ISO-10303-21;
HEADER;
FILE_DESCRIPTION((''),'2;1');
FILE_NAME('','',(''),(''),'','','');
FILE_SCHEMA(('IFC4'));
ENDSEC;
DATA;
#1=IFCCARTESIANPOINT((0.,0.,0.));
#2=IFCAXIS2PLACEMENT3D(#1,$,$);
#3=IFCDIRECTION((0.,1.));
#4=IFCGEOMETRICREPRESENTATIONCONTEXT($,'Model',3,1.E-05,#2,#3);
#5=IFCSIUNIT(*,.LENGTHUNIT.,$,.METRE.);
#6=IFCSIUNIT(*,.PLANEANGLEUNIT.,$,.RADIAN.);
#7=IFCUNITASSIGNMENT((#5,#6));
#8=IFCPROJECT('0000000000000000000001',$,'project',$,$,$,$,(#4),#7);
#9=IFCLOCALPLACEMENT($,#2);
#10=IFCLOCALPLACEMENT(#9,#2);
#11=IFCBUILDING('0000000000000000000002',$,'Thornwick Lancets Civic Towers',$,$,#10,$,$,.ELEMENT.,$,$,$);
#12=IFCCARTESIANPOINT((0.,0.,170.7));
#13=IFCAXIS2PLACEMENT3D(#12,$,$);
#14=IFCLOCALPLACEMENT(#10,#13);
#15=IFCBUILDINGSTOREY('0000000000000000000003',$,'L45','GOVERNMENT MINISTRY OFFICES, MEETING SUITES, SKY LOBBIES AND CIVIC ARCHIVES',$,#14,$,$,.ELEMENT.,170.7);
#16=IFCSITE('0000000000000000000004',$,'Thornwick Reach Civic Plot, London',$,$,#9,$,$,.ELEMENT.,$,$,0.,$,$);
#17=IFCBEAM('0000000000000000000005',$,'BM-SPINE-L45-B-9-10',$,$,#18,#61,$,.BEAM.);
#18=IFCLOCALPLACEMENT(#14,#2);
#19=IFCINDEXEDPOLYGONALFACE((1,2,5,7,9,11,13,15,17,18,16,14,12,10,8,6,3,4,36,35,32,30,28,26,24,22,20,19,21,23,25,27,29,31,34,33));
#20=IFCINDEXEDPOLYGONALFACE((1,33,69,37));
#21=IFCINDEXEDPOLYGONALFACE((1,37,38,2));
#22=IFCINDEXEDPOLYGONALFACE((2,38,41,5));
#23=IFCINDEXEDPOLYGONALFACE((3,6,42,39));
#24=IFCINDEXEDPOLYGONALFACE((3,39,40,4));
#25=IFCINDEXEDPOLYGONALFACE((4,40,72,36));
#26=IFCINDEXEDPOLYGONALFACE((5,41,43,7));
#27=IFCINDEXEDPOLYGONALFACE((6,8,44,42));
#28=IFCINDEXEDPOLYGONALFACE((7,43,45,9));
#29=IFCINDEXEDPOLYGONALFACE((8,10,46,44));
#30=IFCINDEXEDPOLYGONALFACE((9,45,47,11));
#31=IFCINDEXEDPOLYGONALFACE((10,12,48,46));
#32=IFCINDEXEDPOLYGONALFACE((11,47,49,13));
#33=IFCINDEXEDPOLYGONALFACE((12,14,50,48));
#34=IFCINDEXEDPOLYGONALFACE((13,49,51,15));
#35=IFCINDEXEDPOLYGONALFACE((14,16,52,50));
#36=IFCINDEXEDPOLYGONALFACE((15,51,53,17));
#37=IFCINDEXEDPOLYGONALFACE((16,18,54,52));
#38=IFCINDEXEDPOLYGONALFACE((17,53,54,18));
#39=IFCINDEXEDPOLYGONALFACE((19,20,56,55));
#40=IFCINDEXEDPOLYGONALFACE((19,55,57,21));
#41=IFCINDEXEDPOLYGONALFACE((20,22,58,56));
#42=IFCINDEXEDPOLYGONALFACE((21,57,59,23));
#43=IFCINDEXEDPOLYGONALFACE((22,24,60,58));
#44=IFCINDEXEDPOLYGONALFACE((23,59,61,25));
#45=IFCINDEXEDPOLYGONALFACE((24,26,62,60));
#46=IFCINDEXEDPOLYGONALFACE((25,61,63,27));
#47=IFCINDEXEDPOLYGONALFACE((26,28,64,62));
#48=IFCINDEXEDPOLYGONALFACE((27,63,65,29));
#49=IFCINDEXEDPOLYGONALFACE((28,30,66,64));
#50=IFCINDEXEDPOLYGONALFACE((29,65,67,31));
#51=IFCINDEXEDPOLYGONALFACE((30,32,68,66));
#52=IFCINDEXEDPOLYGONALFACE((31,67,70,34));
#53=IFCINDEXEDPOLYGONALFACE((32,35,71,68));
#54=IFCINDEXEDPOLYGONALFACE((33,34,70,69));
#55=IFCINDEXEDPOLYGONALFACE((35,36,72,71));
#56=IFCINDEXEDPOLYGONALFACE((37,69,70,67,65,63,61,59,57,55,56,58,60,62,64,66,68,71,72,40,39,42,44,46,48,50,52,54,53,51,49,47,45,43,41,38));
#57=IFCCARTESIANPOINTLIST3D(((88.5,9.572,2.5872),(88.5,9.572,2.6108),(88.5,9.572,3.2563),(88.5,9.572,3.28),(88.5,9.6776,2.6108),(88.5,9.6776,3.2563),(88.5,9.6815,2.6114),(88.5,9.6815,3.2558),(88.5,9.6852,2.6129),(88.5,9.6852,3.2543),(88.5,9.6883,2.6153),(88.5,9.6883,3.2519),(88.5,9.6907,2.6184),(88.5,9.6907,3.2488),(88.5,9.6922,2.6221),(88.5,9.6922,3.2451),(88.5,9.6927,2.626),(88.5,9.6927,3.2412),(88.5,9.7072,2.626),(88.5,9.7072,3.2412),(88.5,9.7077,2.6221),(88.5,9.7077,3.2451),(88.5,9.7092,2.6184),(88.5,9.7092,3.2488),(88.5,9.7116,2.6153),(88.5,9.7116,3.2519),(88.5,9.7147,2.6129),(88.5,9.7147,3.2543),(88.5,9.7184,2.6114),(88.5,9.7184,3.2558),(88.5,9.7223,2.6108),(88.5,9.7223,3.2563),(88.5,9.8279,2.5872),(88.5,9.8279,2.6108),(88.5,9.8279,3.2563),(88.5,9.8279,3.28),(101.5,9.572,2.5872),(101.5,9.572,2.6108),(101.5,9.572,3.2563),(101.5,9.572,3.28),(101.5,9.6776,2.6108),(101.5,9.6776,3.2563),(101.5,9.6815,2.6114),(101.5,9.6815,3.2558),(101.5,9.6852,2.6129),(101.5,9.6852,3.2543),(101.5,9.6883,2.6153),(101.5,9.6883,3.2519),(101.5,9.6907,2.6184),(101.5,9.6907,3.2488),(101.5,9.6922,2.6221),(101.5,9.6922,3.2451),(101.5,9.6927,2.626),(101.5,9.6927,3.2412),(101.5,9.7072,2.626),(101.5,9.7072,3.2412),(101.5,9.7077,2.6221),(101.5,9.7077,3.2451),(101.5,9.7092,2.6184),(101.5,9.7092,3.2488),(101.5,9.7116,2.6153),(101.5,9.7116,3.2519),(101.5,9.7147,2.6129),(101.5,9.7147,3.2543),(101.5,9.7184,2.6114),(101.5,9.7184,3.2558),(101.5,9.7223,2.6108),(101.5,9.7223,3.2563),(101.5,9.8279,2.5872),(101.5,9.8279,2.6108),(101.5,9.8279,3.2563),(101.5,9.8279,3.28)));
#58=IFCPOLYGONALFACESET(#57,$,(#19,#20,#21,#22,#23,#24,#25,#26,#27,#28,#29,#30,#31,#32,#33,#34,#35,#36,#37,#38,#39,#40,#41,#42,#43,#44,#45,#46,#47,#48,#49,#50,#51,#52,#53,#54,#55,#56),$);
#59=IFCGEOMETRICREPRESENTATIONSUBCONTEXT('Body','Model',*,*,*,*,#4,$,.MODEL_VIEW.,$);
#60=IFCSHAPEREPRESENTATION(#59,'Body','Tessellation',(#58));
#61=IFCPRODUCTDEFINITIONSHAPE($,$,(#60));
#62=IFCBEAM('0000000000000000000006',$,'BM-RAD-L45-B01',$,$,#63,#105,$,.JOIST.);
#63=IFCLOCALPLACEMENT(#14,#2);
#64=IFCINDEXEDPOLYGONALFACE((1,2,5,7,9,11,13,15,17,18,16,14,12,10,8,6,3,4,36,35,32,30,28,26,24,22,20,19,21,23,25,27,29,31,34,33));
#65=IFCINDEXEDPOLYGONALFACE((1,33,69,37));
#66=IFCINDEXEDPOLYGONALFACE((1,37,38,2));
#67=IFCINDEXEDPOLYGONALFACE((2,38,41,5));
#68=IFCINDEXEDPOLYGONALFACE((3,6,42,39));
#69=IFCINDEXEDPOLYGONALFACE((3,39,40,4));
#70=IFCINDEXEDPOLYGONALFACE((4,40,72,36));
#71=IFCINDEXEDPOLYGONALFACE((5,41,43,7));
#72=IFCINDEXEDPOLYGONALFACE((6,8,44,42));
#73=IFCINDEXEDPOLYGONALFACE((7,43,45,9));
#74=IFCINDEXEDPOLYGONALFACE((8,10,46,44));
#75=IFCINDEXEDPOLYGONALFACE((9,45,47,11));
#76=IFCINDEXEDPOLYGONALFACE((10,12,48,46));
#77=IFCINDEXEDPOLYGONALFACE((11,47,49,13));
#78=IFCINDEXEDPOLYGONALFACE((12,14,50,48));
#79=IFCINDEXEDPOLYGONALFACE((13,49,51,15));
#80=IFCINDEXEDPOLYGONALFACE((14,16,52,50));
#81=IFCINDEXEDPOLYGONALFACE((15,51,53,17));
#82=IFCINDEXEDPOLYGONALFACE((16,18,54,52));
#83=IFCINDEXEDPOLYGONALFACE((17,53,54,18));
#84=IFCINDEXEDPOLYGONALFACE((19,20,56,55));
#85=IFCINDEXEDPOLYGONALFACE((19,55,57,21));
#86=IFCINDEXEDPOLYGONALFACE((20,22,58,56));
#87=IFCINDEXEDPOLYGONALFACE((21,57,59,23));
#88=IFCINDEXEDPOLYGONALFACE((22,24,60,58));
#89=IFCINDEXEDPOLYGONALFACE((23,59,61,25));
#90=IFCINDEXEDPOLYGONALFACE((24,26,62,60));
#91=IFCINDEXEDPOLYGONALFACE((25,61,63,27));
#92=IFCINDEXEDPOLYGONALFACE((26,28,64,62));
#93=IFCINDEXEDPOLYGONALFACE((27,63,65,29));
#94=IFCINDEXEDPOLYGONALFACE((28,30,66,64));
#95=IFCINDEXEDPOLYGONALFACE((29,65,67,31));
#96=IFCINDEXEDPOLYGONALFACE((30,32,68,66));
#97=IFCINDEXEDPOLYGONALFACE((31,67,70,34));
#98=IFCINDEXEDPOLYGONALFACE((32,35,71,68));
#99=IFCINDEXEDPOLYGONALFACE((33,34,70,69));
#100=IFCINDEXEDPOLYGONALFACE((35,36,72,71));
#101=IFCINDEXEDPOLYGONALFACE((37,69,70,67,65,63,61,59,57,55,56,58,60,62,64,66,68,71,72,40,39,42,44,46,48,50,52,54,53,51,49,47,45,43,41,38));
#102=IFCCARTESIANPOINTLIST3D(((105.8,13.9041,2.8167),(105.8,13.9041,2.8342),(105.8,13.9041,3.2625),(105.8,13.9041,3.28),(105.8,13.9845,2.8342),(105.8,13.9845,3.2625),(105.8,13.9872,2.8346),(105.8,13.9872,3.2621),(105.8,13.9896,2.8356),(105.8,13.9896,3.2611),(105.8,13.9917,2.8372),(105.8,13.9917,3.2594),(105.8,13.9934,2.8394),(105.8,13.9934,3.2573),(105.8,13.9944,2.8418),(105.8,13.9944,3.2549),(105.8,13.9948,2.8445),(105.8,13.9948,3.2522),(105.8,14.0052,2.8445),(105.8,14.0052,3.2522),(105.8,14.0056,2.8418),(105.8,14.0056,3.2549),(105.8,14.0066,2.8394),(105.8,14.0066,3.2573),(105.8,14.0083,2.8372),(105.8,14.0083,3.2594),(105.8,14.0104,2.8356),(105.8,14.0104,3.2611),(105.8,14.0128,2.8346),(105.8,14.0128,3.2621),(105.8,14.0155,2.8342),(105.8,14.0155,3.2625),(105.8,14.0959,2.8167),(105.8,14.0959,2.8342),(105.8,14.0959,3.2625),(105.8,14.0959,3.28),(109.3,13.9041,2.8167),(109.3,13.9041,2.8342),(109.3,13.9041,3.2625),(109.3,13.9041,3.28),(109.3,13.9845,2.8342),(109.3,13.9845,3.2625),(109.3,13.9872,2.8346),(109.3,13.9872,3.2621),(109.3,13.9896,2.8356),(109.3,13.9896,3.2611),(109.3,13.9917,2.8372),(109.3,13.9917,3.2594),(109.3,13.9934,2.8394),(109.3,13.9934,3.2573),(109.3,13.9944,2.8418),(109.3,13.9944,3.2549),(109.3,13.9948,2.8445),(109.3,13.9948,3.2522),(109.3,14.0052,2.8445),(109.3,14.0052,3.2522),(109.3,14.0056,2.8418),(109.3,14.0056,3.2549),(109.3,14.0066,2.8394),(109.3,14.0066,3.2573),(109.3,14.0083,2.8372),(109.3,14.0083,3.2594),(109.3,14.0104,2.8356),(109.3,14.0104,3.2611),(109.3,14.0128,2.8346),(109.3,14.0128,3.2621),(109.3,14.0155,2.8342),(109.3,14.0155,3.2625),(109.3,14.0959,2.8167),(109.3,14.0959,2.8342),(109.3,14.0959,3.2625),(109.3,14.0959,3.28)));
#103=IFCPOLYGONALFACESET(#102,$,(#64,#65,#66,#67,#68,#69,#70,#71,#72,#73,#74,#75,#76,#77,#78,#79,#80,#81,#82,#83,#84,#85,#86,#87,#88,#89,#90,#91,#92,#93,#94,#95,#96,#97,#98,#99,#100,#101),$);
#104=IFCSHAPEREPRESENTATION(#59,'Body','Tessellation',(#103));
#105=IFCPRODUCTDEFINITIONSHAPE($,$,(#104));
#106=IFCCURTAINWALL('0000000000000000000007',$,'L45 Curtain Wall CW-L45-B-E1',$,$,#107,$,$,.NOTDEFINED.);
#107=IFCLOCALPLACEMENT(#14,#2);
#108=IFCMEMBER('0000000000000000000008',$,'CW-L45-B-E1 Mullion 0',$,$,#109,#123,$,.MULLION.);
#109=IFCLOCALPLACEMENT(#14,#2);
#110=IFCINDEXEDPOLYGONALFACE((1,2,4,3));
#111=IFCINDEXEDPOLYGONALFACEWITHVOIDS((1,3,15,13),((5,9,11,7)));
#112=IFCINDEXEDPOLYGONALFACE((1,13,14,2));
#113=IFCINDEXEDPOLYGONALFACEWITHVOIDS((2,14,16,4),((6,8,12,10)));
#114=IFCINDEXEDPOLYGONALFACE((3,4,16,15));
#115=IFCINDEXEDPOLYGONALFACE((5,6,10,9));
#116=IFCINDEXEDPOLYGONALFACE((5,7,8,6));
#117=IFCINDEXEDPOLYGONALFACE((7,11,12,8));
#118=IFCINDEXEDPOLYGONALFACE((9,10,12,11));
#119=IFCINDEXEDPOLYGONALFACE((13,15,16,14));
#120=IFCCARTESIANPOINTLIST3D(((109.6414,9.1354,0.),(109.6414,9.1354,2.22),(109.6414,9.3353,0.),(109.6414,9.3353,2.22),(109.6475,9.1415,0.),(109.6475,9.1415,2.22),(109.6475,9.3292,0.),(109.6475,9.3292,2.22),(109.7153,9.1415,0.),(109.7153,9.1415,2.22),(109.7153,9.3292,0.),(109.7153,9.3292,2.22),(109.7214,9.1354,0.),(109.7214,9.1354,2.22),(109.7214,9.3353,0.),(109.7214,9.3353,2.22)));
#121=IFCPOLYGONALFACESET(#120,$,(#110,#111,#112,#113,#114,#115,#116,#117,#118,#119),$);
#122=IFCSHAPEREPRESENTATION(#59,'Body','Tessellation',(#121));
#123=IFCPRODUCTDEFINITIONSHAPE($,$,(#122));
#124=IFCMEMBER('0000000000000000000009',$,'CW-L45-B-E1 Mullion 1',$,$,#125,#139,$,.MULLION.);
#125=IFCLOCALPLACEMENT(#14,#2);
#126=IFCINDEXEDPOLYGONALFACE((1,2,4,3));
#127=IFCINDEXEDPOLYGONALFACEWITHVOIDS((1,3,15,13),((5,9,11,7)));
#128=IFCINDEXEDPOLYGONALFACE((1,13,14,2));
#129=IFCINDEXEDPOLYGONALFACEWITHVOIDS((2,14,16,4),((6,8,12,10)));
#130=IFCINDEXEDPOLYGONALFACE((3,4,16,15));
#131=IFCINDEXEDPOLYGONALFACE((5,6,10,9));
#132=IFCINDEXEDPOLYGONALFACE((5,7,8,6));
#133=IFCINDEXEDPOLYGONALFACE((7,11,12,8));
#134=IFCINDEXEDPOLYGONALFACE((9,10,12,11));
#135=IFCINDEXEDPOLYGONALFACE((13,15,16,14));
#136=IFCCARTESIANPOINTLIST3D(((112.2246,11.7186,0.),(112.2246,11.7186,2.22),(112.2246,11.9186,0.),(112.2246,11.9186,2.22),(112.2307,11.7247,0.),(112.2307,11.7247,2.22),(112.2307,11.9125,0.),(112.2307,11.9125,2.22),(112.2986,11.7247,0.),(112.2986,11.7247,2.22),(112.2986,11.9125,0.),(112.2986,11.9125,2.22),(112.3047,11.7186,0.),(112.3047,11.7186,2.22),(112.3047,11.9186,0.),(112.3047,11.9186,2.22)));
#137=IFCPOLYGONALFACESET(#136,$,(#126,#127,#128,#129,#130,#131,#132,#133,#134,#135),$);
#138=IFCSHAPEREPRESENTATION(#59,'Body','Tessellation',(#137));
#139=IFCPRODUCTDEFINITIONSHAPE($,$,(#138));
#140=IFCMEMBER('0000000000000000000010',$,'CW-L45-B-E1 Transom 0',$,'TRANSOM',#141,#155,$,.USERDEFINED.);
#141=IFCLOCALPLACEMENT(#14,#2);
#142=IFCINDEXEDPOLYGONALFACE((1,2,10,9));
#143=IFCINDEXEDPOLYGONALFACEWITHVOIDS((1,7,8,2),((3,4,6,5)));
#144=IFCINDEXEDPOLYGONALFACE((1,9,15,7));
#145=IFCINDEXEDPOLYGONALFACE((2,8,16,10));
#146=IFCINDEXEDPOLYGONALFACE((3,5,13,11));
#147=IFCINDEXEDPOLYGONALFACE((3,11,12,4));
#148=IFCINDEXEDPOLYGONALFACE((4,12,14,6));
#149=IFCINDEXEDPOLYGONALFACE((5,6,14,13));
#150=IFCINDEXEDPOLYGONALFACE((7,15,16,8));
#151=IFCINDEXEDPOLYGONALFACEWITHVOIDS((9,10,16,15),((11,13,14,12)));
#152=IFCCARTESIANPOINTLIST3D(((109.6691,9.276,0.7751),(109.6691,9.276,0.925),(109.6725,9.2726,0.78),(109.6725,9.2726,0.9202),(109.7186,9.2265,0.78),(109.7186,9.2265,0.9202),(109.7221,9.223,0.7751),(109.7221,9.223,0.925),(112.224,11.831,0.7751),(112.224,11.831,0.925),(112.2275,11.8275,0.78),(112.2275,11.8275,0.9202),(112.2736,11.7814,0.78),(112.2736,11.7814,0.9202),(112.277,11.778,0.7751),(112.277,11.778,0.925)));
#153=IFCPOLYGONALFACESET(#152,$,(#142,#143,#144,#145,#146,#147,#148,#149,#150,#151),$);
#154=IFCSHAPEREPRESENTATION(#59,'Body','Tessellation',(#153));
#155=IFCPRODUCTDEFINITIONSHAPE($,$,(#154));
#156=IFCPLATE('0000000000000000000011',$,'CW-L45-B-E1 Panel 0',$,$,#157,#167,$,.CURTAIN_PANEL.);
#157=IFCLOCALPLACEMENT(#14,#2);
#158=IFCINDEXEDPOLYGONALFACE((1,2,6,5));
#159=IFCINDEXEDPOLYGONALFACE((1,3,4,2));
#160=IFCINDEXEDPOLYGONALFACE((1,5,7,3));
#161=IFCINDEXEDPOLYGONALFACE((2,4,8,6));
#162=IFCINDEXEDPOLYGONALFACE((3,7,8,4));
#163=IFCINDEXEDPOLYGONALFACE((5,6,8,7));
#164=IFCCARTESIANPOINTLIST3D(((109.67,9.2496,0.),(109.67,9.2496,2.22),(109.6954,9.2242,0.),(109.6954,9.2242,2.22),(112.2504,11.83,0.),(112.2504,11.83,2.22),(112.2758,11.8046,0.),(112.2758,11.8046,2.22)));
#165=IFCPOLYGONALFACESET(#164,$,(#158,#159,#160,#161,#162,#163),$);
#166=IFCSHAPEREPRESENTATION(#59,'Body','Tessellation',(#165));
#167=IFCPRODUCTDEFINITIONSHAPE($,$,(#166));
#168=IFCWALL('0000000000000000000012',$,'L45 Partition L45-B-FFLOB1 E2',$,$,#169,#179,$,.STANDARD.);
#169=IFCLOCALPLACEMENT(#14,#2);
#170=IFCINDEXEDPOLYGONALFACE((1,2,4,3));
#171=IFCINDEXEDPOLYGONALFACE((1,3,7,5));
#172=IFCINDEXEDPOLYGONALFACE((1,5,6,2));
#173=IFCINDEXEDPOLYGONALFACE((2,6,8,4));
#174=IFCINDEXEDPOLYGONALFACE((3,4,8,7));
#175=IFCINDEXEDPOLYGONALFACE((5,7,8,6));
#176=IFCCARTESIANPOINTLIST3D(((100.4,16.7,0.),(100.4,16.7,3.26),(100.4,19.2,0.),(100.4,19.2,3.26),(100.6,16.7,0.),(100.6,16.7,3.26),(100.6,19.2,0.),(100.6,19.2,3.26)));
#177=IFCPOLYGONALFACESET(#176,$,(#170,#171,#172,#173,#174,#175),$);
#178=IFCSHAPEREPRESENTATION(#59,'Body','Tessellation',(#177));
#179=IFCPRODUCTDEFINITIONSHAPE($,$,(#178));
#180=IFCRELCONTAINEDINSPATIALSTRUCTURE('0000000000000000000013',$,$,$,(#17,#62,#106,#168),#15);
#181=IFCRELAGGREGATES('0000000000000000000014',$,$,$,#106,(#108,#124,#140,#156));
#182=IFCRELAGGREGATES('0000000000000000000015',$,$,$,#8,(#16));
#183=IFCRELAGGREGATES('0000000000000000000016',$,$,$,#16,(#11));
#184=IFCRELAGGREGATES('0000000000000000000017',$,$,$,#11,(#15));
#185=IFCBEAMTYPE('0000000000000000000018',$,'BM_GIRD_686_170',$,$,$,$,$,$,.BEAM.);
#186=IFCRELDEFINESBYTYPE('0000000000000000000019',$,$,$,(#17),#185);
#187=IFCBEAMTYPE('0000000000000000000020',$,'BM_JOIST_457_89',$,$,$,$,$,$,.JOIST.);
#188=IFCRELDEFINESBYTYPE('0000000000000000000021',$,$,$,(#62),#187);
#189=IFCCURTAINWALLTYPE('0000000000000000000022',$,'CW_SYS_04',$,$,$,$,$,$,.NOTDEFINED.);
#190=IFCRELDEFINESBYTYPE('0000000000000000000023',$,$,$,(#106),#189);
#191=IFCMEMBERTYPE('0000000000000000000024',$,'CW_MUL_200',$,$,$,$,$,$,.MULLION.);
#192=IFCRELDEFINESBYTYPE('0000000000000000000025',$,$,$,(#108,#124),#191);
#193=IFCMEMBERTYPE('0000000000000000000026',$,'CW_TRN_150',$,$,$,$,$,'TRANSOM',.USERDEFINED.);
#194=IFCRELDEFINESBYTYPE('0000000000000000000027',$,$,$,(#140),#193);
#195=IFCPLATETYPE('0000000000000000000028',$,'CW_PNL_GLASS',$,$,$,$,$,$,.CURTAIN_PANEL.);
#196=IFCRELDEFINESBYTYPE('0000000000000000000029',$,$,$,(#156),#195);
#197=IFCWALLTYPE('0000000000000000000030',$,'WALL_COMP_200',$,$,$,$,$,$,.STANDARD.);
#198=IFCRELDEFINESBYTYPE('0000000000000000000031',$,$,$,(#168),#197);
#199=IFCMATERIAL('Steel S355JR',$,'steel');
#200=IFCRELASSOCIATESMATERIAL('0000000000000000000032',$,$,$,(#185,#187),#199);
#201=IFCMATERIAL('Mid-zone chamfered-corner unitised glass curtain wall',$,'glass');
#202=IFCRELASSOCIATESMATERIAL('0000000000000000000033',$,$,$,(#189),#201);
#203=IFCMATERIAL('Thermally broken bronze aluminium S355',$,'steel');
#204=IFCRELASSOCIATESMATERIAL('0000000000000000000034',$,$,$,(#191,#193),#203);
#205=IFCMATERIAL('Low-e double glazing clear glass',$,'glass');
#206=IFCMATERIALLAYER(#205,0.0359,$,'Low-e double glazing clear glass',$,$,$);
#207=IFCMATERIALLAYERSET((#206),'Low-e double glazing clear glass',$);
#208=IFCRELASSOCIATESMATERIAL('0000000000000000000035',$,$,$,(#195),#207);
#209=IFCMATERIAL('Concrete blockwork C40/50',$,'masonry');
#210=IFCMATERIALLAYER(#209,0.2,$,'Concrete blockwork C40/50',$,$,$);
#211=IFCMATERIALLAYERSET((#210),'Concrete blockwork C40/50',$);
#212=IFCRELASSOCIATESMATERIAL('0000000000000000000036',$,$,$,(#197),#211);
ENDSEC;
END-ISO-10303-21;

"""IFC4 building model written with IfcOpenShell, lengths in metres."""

from ifc_helpers import new_model, si_unit, direction, frame, frame_2d, origin, origin_2d, place, context, subcontext, project, spatial, rectangle, hollow_rectangle, i_section, extrude, material, layer, layer_set, material_profile, profile_set, type_object, element, aggregate, save


model = new_model("IFC4")

# Units and contexts
model_context = context("Model", 3, precision=1e-05, world=origin(), true_north=direction((0.0, 1.0)))
body_context = subcontext(model_context, "Body", "Model", "MODEL_VIEW")
ifc_project = project(units=[si_unit("LENGTHUNIT", "METRE"), si_unit("PLANEANGLEUNIT", "RADIAN")], contexts=[model_context])

# Site, building, storey
site_placement = place(None, origin())
site = spatial("IfcSite", under=ifc_project, at=site_placement, Name="Thornwick Reach Civic Plot, London", CompositionType="ELEMENT", RefElevation=0.0)
building_placement = place(site_placement, origin())
building = spatial("IfcBuilding", under=site, at=building_placement, Name="Thornwick Lancets Civic Towers", CompositionType="ELEMENT")
storey_placement = place(building_placement, frame((0.0, 0.0, 170.7)))
storey = spatial("IfcBuildingStorey", under=building, at=storey_placement, Name="L45", Description="GOVERNMENT MINISTRY OFFICES, MEETING SUITES, SKY LOBBIES AND CIVIC ARCHIVES", CompositionType="ELEMENT", Elevation=170.7)

# Beams
ifc_material_1 = material(Name="Steel S355JR", Category="steel")
ifc_material_profile_1 = material_profile(ifc_material_1, i_section(OverallWidth=0.2559, OverallDepth=0.6929, WebThickness=0.0144, FlangeThickness=0.0237, FilletRadius=0.0151, at=origin_2d()), Name="UKB 686x254x170")
ifc_profile_set_1 = profile_set([ifc_material_profile_1], Name="Steel S355JR")
beam_type_1 = type_object("IfcBeamType", Name="BM_GIRD_686_170", PredefinedType="BEAM", material=ifc_profile_set_1)
for number, where, z_axis, x_axis, name in (
    (1, (101.5, 9.7, 2.9336), (-1.0, 0.0, 0.0), (0.0, -1.0, 0.0), "BM-SPINE-L45-B-9-10"),
):
    element("IfcBeam", number, at=place(storey_placement, frame(where, z_axis=z_axis, x_axis=x_axis)), inside=storey, type_object=beam_type_1, Name=name, PredefinedType="BEAM", context=body_context, shape_type="SweptSolid", body=[
        extrude(i_section(OverallWidth=0.2559, OverallDepth=0.6929, WebThickness=0.0144, FlangeThickness=0.0237, FilletRadius=0.0151, at=origin_2d()), origin(), (0.0, 0.0, 1.0), 13.0),
    ])
ifc_material_profile_2 = material_profile(ifc_material_1, i_section(OverallWidth=0.1919, OverallDepth=0.4634, WebThickness=0.0105, FlangeThickness=0.0176, FilletRadius=0.0103, at=origin_2d()), Name="UKB 457x191x89")
ifc_profile_set_2 = profile_set([ifc_material_profile_2], Name="Steel S355JR")
beam_type_2 = type_object("IfcBeamType", Name="BM_JOIST_457_89", PredefinedType="JOIST", material=ifc_profile_set_2)
beam_1_placement = place(storey_placement, frame((105.8, 14.0, 3.0483), z_axis=(1.0, 0.0, 0.0), x_axis=(0.0, 1.0, 0.0)))
element("IfcBeam", 2, at=beam_1_placement, inside=storey, type_object=beam_type_2, Name="BM-RAD-L45-B01", PredefinedType="JOIST", context=body_context, shape_type="SweptSolid", body=[
    extrude(i_section(OverallWidth=0.1919, OverallDepth=0.4634, WebThickness=0.0105, FlangeThickness=0.0176, FilletRadius=0.0103, at=origin_2d()), origin(), (0.0, 0.0, 1.0), 3.5),
])

# Curtain wall, members, plate
ifc_material_2 = material(Name="Mid-zone chamfered-corner unitised glass curtain wall", Category="glass")
curtain_wall_type = type_object("IfcCurtainWallType", Name="CW_SYS_04", PredefinedType="NOTDEFINED", material=ifc_material_2)
curtain_wall_placement = place(storey_placement, origin())
curtain_wall = element("IfcCurtainWall", 3, at=curtain_wall_placement, inside=storey, type_object=curtain_wall_type, Name="L45 Curtain Wall CW-L45-B-E1", PredefinedType="NOTDEFINED")
ifc_material_3 = material(Name="Thermally broken bronze aluminium S355", Category="steel")
ifc_material_profile_3 = material_profile(ifc_material_3, hollow_rectangle(XDim=0.0801, YDim=0.2, WallThickness=0.0061, at=origin_2d()), Name="RHS 200x80x6")
ifc_profile_set_3 = profile_set([ifc_material_profile_3], Name="Thermally broken bronze aluminium S355")
member_type_1 = type_object("IfcMemberType", Name="CW_MUL_200", PredefinedType="MULLION", material=ifc_profile_set_3)
member_1_placement = place(storey_placement, frame((109.6814, 9.2354, 0.0), z_axis=(0.0, 0.0, 1.0), x_axis=(1.0, 0.0, 0.0)))
member_1 = element("IfcMember", 4, at=member_1_placement, type_object=member_type_1, Name="CW-L45-B-E1 Mullion 0", PredefinedType="MULLION", context=body_context, shape_type="SweptSolid", body=[
    extrude(hollow_rectangle(XDim=0.0801, YDim=0.2, WallThickness=0.0061, at=origin_2d()), origin(), (0.0, 0.0, 1.0), 2.22),
])
member_2_placement = place(storey_placement, frame((112.2646, 11.8186, 0.0), z_axis=(0.0, 0.0, 1.0), x_axis=(1.0, 0.0, 0.0)))
member_2 = element("IfcMember", 5, at=member_2_placement, type_object=member_type_1, Name="CW-L45-B-E1 Mullion 1", PredefinedType="MULLION", context=body_context, shape_type="SweptSolid", body=[
    extrude(hollow_rectangle(XDim=0.0801, YDim=0.2, WallThickness=0.0061, at=origin_2d()), origin(), (0.0, 0.0, 1.0), 2.22),
])
ifc_material_profile_4 = material_profile(ifc_material_3, hollow_rectangle(XDim=0.075, YDim=0.1499, WallThickness=0.0049, at=origin_2d()), Name="RHS 150x75x5")
ifc_profile_set_4 = profile_set([ifc_material_profile_4], Name="Thermally broken bronze aluminium S355")
member_type_2 = type_object("IfcMemberType", Name="CW_TRN_150", ElementType="TRANSOM", PredefinedType="USERDEFINED", material=ifc_profile_set_4)
member_3_placement = place(storey_placement, frame((109.6956, 9.2495, 0.8501), z_axis=(0.707107, 0.707107, 0.0), x_axis=(-0.707107, 0.707107, 0.0)))
member_3 = element("IfcMember", 6, at=member_3_placement, type_object=member_type_2, Name="CW-L45-B-E1 Transom 0", ObjectType="TRANSOM", PredefinedType="USERDEFINED", context=body_context, shape_type="SweptSolid", body=[
    extrude(hollow_rectangle(XDim=0.075, YDim=0.1499, WallThickness=0.0049, at=origin_2d()), origin(), (0.0, 0.0, 1.0), 3.6133),
])
ifc_material_4 = material(Name="Low-e double glazing clear glass", Category="glass")
ifc_layer_1 = layer(ifc_material_4, 0.0359, Name="Low-e double glazing clear glass")
ifc_layer_set_1 = layer_set([ifc_layer_1], Name="Low-e double glazing clear glass")
plate_type = type_object("IfcPlateType", Name="CW_PNL_GLASS", PredefinedType="CURTAIN_PANEL", material=ifc_layer_set_1)
plate_placement = place(storey_placement, frame((110.9729, 10.5271, 0.0), z_axis=(0.0, 0.0, 1.0), x_axis=(0.707107, 0.707107, 0.0)))
plate = element("IfcPlate", 7, at=plate_placement, type_object=plate_type, Name="CW-L45-B-E1 Panel 0", PredefinedType="CURTAIN_PANEL", context=body_context, shape_type="SweptSolid", body=[
    extrude(rectangle(XDim=3.6492, YDim=0.0359, at=origin_2d()), origin(), (0.0, 0.0, 1.0), 2.22),
])
aggregate(curtain_wall, [member_1, member_2, member_3, plate])

# Wall
ifc_material_5 = material(Name="Concrete blockwork C40/50", Category="masonry")
ifc_layer_2 = layer(ifc_material_5, 0.2, Name="Concrete blockwork C40/50")
ifc_layer_set_2 = layer_set([ifc_layer_2], Name="Concrete blockwork C40/50")
wall_type_1 = type_object("IfcWallType", Name="WALL_COMP_200", PredefinedType="STANDARD", material=ifc_layer_set_2)
wall_1_placement = place(storey_placement, frame((100.5, 16.7, 0.0), z_axis=(0.0, 0.0, 1.0), x_axis=(0.0, 1.0, 0.0)))
element("IfcWall", 8, at=wall_1_placement, inside=storey, type_object=wall_type_1, Name="L45 Partition L45-B-FFLOB1 E2", PredefinedType="STANDARD", context=body_context, shape_type="SweptSolid", body=[
    extrude(rectangle(XDim=2.5, YDim=0.2, at=frame_2d((1.25, 0.0))), origin(), (0.0, 0.0, 1.0), 3.26),
])

save(model, "model.ifc")
